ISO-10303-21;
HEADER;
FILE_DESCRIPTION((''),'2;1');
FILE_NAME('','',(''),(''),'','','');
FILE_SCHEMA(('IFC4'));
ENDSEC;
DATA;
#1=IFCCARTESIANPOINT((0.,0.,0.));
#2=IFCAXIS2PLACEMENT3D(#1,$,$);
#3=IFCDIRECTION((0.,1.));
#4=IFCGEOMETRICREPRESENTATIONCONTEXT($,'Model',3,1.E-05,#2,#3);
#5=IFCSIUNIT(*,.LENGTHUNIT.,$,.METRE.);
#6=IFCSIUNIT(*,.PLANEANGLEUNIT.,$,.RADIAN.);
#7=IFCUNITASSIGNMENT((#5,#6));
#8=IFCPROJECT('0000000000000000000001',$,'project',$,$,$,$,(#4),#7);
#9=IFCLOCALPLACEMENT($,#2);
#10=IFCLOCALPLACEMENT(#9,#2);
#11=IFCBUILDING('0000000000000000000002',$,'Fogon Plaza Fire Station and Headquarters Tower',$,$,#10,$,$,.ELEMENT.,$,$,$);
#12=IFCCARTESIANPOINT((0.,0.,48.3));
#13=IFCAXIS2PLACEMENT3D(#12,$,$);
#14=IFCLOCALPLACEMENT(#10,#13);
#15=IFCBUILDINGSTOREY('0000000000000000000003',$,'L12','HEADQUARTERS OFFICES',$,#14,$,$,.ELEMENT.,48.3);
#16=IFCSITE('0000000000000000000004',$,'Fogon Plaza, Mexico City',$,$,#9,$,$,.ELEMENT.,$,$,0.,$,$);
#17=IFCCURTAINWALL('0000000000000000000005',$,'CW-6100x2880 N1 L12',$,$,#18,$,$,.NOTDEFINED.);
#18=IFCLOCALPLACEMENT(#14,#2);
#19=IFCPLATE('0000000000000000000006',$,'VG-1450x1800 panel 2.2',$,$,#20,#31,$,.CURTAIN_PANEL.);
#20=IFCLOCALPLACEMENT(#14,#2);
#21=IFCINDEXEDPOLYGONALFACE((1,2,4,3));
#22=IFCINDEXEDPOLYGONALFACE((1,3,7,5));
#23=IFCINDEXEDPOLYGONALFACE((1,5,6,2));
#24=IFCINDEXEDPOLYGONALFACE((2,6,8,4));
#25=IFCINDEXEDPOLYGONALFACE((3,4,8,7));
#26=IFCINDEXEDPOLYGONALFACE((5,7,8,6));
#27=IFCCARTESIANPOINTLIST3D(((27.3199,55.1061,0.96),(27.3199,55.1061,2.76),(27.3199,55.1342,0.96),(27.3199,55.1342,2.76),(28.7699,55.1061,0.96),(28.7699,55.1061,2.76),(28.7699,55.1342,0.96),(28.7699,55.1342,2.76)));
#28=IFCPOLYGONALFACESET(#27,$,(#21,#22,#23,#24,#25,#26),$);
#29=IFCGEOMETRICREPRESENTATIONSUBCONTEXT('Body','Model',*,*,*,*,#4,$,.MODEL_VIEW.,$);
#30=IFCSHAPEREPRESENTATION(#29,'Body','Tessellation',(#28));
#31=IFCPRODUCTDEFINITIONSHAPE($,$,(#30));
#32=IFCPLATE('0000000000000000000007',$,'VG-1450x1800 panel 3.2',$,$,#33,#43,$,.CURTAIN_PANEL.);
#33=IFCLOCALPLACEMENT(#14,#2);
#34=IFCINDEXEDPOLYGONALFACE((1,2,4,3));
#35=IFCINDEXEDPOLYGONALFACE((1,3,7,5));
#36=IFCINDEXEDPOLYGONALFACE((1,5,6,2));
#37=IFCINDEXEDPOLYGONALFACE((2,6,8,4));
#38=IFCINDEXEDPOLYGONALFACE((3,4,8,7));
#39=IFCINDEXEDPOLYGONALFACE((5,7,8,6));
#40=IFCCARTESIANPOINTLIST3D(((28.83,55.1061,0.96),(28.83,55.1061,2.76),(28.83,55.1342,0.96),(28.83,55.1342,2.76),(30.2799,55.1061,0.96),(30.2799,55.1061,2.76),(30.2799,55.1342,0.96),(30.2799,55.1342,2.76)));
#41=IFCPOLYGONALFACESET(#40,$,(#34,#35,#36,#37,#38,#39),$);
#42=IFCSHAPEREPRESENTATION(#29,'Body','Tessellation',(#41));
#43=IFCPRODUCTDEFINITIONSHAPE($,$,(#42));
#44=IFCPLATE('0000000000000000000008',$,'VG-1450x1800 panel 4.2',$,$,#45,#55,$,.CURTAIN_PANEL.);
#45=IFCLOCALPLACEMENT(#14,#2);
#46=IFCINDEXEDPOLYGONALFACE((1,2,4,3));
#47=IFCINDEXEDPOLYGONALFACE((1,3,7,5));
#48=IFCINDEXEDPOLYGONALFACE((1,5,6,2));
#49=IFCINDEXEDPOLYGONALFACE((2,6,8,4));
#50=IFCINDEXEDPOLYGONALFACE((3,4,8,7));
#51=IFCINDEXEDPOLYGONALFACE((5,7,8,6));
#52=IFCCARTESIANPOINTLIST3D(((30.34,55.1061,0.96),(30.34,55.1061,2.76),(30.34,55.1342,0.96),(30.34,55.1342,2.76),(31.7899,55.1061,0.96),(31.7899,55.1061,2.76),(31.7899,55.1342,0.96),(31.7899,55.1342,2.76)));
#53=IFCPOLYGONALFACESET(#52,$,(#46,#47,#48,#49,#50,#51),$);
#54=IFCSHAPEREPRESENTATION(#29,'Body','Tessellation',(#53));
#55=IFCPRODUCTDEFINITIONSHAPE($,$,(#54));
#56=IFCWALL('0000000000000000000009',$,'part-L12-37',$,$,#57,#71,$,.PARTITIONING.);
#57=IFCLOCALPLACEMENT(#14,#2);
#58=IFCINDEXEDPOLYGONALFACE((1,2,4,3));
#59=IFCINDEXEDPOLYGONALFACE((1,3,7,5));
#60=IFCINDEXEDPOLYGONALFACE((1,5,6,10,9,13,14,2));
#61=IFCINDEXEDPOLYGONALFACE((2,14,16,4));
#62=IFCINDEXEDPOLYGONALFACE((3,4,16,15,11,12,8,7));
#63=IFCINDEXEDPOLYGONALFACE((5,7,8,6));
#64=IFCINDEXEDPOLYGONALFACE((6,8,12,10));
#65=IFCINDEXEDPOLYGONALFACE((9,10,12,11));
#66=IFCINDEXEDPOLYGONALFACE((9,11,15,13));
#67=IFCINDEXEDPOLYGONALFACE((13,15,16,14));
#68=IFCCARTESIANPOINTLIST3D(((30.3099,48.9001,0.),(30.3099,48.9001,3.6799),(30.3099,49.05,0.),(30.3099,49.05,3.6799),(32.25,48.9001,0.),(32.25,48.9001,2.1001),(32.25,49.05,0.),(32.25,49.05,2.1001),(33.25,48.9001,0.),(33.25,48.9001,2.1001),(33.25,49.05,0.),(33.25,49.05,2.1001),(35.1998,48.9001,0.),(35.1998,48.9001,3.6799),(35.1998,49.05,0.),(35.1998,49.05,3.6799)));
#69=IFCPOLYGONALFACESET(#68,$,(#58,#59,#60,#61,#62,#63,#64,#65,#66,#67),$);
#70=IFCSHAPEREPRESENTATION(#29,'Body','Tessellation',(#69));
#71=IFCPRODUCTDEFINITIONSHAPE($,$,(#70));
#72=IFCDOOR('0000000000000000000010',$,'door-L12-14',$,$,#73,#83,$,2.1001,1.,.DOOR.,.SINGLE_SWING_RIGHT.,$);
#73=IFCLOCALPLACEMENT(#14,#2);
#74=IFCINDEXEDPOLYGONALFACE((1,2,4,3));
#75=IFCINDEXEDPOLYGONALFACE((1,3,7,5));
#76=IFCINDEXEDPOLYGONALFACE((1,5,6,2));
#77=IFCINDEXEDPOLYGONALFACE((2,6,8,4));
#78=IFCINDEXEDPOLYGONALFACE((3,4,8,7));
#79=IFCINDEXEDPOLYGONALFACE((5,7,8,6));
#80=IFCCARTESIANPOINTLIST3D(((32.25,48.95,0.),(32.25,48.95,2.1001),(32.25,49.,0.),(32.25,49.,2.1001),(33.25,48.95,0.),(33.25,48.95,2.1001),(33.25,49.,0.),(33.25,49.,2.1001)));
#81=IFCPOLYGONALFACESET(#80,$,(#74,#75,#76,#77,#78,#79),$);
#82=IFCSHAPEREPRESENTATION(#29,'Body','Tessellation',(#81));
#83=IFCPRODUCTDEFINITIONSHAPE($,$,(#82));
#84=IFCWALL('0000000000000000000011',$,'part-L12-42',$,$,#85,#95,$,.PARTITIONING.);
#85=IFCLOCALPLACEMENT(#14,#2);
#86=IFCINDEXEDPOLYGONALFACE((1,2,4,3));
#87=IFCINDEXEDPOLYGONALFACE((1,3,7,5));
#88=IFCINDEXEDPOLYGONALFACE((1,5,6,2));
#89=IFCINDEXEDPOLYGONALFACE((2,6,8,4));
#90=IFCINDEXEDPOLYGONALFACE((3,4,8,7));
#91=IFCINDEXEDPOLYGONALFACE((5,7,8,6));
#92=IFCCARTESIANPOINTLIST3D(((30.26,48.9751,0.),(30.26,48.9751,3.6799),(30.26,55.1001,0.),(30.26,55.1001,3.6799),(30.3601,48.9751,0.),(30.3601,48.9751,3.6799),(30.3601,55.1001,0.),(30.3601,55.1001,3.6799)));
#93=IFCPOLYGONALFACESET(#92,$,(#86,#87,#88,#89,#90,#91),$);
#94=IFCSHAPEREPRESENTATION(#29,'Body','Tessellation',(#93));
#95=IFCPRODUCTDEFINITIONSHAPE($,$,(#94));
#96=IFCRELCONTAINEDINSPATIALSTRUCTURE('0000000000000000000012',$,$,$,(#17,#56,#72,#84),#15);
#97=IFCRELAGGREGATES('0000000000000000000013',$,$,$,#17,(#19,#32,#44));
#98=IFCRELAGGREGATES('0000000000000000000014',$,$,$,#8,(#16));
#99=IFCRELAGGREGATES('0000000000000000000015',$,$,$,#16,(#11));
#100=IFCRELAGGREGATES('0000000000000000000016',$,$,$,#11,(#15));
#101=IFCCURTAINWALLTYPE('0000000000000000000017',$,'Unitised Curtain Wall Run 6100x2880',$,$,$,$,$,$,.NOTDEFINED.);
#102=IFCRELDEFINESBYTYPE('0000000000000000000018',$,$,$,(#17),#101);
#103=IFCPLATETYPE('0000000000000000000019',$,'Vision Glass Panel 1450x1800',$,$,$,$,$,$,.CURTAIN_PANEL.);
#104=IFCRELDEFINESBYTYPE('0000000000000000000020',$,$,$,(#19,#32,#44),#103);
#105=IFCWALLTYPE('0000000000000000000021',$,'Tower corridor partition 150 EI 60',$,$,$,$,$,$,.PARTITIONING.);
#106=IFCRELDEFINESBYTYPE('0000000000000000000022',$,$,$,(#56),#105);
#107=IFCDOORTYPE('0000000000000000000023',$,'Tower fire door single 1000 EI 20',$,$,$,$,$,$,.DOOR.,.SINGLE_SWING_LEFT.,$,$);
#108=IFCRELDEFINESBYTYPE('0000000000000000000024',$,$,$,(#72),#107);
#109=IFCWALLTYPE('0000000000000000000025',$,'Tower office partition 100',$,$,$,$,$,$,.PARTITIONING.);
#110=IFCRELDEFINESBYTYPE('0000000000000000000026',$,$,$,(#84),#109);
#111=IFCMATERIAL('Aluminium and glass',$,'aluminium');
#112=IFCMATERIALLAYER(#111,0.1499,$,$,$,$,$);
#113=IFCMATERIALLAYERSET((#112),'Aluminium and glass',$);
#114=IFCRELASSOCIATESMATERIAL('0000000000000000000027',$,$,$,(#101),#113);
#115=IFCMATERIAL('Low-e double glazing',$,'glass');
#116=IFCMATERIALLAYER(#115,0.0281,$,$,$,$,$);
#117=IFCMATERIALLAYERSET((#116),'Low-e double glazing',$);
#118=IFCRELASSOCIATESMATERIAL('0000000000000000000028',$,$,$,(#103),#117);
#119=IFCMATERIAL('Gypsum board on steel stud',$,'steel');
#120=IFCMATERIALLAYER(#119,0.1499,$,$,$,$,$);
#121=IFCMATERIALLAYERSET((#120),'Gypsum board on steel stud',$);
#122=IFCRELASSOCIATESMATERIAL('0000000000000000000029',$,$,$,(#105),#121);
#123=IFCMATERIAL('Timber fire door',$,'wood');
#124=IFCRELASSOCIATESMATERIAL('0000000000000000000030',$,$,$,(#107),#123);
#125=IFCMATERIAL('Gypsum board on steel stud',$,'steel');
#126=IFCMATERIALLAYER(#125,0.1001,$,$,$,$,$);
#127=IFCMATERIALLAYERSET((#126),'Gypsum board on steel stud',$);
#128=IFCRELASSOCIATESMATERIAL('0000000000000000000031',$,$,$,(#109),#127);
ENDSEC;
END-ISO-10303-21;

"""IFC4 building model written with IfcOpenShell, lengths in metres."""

from ifc_helpers import new_model, si_unit, direction, frame, frame_2d, origin, origin_2d, place, context, subcontext, project, spatial, rectangle, extrude, material, layer, layer_set, type_object, element, fill, aggregate, save


model = new_model("IFC4")

# Units and contexts
model_context = context("Model", 3, precision=1e-05, world=origin(), true_north=direction((0.0, 1.0)))
body_context = subcontext(model_context, "Body", "Model", "MODEL_VIEW")
ifc_project = project(units=[si_unit("LENGTHUNIT", "METRE"), si_unit("PLANEANGLEUNIT", "RADIAN")], contexts=[model_context])

# Site, building, storey
site_placement = place(None, origin())
site = spatial("IfcSite", under=ifc_project, at=site_placement, Name="Fogon Plaza, Mexico City", CompositionType="ELEMENT", RefElevation=0.0)
building_placement = place(site_placement, origin())
building = spatial("IfcBuilding", under=site, at=building_placement, Name="Fogon Plaza Fire Station and Headquarters Tower", CompositionType="ELEMENT")
storey_placement = place(building_placement, frame((0.0, 0.0, 48.3)))
storey = spatial("IfcBuildingStorey", under=building, at=storey_placement, Name="L12", Description="HEADQUARTERS OFFICES", CompositionType="ELEMENT", Elevation=48.3)

# Curtain wall
ifc_material_1 = material(Name="Aluminium and glass", Category="aluminium")
ifc_layer_1 = layer(ifc_material_1, 0.1499)
ifc_layer_set_1 = layer_set([ifc_layer_1], Name="Aluminium and glass")
curtain_wall_type = type_object("IfcCurtainWallType", Name="Unitised Curtain Wall Run 6100x2880", PredefinedType="NOTDEFINED", material=ifc_layer_set_1)
curtain_wall_placement = place(storey_placement, origin())
curtain_wall = element("IfcCurtainWall", 1, at=curtain_wall_placement, inside=storey, type_object=curtain_wall_type, Name="CW-6100x2880 N1 L12", PredefinedType="NOTDEFINED")

# Plates
ifc_material_2 = material(Name="Low-e double glazing", Category="glass")
ifc_layer_2 = layer(ifc_material_2, 0.0281)
ifc_layer_set_2 = layer_set([ifc_layer_2], Name="Low-e double glazing")
plate_type_1 = type_object("IfcPlateType", Name="Vision Glass Panel 1450x1800", PredefinedType="CURTAIN_PANEL", material=ifc_layer_set_2)
plate_1_placement = place(storey_placement, frame((28.0449, 55.1201, 0.96), z_axis=(0.0, 0.0, 1.0), x_axis=(1.0, 0.0, 0.0)))
plate_1 = element("IfcPlate", 2, at=plate_1_placement, type_object=plate_type_1, Name="VG-1450x1800 panel 2.2", PredefinedType="CURTAIN_PANEL", context=body_context, shape_type="SweptSolid", body=[
    extrude(rectangle(XDim=1.45, YDim=0.0281, at=origin_2d()), origin(), (0.0, 0.0, 1.0), 1.8),
])
plate_2_placement = place(storey_placement, frame((29.5549, 55.1201, 0.96), z_axis=(0.0, 0.0, 1.0), x_axis=(1.0, 0.0, 0.0)))
plate_2 = element("IfcPlate", 3, at=plate_2_placement, type_object=plate_type_1, Name="VG-1450x1800 panel 3.2", PredefinedType="CURTAIN_PANEL", context=body_context, shape_type="SweptSolid", body=[
    extrude(rectangle(XDim=1.45, YDim=0.0281, at=origin_2d()), origin(), (0.0, 0.0, 1.0), 1.8),
])
plate_3_placement = place(storey_placement, frame((31.0649, 55.1201, 0.96), z_axis=(0.0, 0.0, 1.0), x_axis=(1.0, 0.0, 0.0)))
plate_3 = element("IfcPlate", 4, at=plate_3_placement, type_object=plate_type_1, Name="VG-1450x1800 panel 4.2", PredefinedType="CURTAIN_PANEL", context=body_context, shape_type="SweptSolid", body=[
    extrude(rectangle(XDim=1.45, YDim=0.0281, at=origin_2d()), origin(), (0.0, 0.0, 1.0), 1.8),
])
aggregate(curtain_wall, [plate_1, plate_2, plate_3])

# Wall, opening, door
ifc_material_3 = material(Name="Gypsum board on steel stud", Category="steel")
ifc_layer_3 = layer(ifc_material_3, 0.1499)
ifc_layer_set_3 = layer_set([ifc_layer_3], Name="Gypsum board on steel stud")
wall_type_1 = type_object("IfcWallType", Name="Tower corridor partition 150 EI 60", PredefinedType="PARTITIONING", material=ifc_layer_set_3)
wall_1_placement = place(storey_placement, frame((30.3101, 48.9751, 0.0), z_axis=(0.0, 0.0, 1.0), x_axis=(1.0, 0.0, 0.0)))
wall_1 = element("IfcWall", 5, at=wall_1_placement, inside=storey, type_object=wall_type_1, Name="part-L12-37", PredefinedType="PARTITIONING", context=body_context, shape_type="SweptSolid", body=[
    extrude(rectangle(XDim=4.8899, YDim=0.1499, at=frame_2d((2.4448, 0.0))), origin(), (0.0, 0.0, 1.0), 3.6799),
])
opening_placement = place(wall_1_placement, frame((1.9399, 0.0, 0.0)))
opening = element("IfcOpeningElement", 6, at=opening_placement, cuts=wall_1, PredefinedType="OPENING", context=body_context, shape_type="SweptSolid", body=[
    extrude(rectangle(XDim=1.0, YDim=2.1001, at=frame_2d((0.5, 1.05))), frame((0.0, 0.085, 0.0), z_axis=(0.0, -1.0, 0.0), x_axis=(1.0, 0.0, 0.0)), (0.0, 0.0, 1.0), 0.1699),
])
ifc_material_4 = material(Name="Timber fire door", Category="wood")
door_type = type_object("IfcDoorType", Name="Tower fire door single 1000 EI 20", OperationType="SINGLE_SWING_LEFT", PredefinedType="DOOR", material=ifc_material_4)
door_placement = place(opening_placement, origin())
door = element("IfcDoor", 7, at=door_placement, inside=storey, type_object=door_type, Name="door-L12-14", OperationType="SINGLE_SWING_RIGHT", OverallHeight=2.1001, OverallWidth=1.0, PredefinedType="DOOR", context=body_context, shape_type="SweptSolid", body=[
    extrude(rectangle(XDim=1.0, YDim=2.1001, at=frame_2d((0.5, 1.05))), frame((0.0, 0.0249, 0.0), z_axis=(0.0, -1.0, 0.0), x_axis=(1.0, 0.0, 0.0)), (0.0, 0.0, 1.0), 0.05),
])
fill(opening, door)

# Wall
ifc_material_5 = material(Name="Gypsum board on steel stud", Category="steel")
ifc_layer_4 = layer(ifc_material_5, 0.1001)
ifc_layer_set_4 = layer_set([ifc_layer_4], Name="Gypsum board on steel stud")
wall_type_2 = type_object("IfcWallType", Name="Tower office partition 100", PredefinedType="PARTITIONING", material=ifc_layer_set_4)
wall_2_placement = place(storey_placement, frame((30.3101, 48.9751, 0.0), z_axis=(0.0, 0.0, 1.0), x_axis=(0.0, 1.0, 0.0)))
element("IfcWall", 8, at=wall_2_placement, inside=storey, type_object=wall_type_2, Name="part-L12-42", PredefinedType="PARTITIONING", context=body_context, shape_type="SweptSolid", body=[
    extrude(rectangle(XDim=6.125, YDim=0.1001, at=frame_2d((3.0625, 0.0))), origin(), (0.0, 0.0, 1.0), 3.6799),
])

save(model, "model.ifc")
